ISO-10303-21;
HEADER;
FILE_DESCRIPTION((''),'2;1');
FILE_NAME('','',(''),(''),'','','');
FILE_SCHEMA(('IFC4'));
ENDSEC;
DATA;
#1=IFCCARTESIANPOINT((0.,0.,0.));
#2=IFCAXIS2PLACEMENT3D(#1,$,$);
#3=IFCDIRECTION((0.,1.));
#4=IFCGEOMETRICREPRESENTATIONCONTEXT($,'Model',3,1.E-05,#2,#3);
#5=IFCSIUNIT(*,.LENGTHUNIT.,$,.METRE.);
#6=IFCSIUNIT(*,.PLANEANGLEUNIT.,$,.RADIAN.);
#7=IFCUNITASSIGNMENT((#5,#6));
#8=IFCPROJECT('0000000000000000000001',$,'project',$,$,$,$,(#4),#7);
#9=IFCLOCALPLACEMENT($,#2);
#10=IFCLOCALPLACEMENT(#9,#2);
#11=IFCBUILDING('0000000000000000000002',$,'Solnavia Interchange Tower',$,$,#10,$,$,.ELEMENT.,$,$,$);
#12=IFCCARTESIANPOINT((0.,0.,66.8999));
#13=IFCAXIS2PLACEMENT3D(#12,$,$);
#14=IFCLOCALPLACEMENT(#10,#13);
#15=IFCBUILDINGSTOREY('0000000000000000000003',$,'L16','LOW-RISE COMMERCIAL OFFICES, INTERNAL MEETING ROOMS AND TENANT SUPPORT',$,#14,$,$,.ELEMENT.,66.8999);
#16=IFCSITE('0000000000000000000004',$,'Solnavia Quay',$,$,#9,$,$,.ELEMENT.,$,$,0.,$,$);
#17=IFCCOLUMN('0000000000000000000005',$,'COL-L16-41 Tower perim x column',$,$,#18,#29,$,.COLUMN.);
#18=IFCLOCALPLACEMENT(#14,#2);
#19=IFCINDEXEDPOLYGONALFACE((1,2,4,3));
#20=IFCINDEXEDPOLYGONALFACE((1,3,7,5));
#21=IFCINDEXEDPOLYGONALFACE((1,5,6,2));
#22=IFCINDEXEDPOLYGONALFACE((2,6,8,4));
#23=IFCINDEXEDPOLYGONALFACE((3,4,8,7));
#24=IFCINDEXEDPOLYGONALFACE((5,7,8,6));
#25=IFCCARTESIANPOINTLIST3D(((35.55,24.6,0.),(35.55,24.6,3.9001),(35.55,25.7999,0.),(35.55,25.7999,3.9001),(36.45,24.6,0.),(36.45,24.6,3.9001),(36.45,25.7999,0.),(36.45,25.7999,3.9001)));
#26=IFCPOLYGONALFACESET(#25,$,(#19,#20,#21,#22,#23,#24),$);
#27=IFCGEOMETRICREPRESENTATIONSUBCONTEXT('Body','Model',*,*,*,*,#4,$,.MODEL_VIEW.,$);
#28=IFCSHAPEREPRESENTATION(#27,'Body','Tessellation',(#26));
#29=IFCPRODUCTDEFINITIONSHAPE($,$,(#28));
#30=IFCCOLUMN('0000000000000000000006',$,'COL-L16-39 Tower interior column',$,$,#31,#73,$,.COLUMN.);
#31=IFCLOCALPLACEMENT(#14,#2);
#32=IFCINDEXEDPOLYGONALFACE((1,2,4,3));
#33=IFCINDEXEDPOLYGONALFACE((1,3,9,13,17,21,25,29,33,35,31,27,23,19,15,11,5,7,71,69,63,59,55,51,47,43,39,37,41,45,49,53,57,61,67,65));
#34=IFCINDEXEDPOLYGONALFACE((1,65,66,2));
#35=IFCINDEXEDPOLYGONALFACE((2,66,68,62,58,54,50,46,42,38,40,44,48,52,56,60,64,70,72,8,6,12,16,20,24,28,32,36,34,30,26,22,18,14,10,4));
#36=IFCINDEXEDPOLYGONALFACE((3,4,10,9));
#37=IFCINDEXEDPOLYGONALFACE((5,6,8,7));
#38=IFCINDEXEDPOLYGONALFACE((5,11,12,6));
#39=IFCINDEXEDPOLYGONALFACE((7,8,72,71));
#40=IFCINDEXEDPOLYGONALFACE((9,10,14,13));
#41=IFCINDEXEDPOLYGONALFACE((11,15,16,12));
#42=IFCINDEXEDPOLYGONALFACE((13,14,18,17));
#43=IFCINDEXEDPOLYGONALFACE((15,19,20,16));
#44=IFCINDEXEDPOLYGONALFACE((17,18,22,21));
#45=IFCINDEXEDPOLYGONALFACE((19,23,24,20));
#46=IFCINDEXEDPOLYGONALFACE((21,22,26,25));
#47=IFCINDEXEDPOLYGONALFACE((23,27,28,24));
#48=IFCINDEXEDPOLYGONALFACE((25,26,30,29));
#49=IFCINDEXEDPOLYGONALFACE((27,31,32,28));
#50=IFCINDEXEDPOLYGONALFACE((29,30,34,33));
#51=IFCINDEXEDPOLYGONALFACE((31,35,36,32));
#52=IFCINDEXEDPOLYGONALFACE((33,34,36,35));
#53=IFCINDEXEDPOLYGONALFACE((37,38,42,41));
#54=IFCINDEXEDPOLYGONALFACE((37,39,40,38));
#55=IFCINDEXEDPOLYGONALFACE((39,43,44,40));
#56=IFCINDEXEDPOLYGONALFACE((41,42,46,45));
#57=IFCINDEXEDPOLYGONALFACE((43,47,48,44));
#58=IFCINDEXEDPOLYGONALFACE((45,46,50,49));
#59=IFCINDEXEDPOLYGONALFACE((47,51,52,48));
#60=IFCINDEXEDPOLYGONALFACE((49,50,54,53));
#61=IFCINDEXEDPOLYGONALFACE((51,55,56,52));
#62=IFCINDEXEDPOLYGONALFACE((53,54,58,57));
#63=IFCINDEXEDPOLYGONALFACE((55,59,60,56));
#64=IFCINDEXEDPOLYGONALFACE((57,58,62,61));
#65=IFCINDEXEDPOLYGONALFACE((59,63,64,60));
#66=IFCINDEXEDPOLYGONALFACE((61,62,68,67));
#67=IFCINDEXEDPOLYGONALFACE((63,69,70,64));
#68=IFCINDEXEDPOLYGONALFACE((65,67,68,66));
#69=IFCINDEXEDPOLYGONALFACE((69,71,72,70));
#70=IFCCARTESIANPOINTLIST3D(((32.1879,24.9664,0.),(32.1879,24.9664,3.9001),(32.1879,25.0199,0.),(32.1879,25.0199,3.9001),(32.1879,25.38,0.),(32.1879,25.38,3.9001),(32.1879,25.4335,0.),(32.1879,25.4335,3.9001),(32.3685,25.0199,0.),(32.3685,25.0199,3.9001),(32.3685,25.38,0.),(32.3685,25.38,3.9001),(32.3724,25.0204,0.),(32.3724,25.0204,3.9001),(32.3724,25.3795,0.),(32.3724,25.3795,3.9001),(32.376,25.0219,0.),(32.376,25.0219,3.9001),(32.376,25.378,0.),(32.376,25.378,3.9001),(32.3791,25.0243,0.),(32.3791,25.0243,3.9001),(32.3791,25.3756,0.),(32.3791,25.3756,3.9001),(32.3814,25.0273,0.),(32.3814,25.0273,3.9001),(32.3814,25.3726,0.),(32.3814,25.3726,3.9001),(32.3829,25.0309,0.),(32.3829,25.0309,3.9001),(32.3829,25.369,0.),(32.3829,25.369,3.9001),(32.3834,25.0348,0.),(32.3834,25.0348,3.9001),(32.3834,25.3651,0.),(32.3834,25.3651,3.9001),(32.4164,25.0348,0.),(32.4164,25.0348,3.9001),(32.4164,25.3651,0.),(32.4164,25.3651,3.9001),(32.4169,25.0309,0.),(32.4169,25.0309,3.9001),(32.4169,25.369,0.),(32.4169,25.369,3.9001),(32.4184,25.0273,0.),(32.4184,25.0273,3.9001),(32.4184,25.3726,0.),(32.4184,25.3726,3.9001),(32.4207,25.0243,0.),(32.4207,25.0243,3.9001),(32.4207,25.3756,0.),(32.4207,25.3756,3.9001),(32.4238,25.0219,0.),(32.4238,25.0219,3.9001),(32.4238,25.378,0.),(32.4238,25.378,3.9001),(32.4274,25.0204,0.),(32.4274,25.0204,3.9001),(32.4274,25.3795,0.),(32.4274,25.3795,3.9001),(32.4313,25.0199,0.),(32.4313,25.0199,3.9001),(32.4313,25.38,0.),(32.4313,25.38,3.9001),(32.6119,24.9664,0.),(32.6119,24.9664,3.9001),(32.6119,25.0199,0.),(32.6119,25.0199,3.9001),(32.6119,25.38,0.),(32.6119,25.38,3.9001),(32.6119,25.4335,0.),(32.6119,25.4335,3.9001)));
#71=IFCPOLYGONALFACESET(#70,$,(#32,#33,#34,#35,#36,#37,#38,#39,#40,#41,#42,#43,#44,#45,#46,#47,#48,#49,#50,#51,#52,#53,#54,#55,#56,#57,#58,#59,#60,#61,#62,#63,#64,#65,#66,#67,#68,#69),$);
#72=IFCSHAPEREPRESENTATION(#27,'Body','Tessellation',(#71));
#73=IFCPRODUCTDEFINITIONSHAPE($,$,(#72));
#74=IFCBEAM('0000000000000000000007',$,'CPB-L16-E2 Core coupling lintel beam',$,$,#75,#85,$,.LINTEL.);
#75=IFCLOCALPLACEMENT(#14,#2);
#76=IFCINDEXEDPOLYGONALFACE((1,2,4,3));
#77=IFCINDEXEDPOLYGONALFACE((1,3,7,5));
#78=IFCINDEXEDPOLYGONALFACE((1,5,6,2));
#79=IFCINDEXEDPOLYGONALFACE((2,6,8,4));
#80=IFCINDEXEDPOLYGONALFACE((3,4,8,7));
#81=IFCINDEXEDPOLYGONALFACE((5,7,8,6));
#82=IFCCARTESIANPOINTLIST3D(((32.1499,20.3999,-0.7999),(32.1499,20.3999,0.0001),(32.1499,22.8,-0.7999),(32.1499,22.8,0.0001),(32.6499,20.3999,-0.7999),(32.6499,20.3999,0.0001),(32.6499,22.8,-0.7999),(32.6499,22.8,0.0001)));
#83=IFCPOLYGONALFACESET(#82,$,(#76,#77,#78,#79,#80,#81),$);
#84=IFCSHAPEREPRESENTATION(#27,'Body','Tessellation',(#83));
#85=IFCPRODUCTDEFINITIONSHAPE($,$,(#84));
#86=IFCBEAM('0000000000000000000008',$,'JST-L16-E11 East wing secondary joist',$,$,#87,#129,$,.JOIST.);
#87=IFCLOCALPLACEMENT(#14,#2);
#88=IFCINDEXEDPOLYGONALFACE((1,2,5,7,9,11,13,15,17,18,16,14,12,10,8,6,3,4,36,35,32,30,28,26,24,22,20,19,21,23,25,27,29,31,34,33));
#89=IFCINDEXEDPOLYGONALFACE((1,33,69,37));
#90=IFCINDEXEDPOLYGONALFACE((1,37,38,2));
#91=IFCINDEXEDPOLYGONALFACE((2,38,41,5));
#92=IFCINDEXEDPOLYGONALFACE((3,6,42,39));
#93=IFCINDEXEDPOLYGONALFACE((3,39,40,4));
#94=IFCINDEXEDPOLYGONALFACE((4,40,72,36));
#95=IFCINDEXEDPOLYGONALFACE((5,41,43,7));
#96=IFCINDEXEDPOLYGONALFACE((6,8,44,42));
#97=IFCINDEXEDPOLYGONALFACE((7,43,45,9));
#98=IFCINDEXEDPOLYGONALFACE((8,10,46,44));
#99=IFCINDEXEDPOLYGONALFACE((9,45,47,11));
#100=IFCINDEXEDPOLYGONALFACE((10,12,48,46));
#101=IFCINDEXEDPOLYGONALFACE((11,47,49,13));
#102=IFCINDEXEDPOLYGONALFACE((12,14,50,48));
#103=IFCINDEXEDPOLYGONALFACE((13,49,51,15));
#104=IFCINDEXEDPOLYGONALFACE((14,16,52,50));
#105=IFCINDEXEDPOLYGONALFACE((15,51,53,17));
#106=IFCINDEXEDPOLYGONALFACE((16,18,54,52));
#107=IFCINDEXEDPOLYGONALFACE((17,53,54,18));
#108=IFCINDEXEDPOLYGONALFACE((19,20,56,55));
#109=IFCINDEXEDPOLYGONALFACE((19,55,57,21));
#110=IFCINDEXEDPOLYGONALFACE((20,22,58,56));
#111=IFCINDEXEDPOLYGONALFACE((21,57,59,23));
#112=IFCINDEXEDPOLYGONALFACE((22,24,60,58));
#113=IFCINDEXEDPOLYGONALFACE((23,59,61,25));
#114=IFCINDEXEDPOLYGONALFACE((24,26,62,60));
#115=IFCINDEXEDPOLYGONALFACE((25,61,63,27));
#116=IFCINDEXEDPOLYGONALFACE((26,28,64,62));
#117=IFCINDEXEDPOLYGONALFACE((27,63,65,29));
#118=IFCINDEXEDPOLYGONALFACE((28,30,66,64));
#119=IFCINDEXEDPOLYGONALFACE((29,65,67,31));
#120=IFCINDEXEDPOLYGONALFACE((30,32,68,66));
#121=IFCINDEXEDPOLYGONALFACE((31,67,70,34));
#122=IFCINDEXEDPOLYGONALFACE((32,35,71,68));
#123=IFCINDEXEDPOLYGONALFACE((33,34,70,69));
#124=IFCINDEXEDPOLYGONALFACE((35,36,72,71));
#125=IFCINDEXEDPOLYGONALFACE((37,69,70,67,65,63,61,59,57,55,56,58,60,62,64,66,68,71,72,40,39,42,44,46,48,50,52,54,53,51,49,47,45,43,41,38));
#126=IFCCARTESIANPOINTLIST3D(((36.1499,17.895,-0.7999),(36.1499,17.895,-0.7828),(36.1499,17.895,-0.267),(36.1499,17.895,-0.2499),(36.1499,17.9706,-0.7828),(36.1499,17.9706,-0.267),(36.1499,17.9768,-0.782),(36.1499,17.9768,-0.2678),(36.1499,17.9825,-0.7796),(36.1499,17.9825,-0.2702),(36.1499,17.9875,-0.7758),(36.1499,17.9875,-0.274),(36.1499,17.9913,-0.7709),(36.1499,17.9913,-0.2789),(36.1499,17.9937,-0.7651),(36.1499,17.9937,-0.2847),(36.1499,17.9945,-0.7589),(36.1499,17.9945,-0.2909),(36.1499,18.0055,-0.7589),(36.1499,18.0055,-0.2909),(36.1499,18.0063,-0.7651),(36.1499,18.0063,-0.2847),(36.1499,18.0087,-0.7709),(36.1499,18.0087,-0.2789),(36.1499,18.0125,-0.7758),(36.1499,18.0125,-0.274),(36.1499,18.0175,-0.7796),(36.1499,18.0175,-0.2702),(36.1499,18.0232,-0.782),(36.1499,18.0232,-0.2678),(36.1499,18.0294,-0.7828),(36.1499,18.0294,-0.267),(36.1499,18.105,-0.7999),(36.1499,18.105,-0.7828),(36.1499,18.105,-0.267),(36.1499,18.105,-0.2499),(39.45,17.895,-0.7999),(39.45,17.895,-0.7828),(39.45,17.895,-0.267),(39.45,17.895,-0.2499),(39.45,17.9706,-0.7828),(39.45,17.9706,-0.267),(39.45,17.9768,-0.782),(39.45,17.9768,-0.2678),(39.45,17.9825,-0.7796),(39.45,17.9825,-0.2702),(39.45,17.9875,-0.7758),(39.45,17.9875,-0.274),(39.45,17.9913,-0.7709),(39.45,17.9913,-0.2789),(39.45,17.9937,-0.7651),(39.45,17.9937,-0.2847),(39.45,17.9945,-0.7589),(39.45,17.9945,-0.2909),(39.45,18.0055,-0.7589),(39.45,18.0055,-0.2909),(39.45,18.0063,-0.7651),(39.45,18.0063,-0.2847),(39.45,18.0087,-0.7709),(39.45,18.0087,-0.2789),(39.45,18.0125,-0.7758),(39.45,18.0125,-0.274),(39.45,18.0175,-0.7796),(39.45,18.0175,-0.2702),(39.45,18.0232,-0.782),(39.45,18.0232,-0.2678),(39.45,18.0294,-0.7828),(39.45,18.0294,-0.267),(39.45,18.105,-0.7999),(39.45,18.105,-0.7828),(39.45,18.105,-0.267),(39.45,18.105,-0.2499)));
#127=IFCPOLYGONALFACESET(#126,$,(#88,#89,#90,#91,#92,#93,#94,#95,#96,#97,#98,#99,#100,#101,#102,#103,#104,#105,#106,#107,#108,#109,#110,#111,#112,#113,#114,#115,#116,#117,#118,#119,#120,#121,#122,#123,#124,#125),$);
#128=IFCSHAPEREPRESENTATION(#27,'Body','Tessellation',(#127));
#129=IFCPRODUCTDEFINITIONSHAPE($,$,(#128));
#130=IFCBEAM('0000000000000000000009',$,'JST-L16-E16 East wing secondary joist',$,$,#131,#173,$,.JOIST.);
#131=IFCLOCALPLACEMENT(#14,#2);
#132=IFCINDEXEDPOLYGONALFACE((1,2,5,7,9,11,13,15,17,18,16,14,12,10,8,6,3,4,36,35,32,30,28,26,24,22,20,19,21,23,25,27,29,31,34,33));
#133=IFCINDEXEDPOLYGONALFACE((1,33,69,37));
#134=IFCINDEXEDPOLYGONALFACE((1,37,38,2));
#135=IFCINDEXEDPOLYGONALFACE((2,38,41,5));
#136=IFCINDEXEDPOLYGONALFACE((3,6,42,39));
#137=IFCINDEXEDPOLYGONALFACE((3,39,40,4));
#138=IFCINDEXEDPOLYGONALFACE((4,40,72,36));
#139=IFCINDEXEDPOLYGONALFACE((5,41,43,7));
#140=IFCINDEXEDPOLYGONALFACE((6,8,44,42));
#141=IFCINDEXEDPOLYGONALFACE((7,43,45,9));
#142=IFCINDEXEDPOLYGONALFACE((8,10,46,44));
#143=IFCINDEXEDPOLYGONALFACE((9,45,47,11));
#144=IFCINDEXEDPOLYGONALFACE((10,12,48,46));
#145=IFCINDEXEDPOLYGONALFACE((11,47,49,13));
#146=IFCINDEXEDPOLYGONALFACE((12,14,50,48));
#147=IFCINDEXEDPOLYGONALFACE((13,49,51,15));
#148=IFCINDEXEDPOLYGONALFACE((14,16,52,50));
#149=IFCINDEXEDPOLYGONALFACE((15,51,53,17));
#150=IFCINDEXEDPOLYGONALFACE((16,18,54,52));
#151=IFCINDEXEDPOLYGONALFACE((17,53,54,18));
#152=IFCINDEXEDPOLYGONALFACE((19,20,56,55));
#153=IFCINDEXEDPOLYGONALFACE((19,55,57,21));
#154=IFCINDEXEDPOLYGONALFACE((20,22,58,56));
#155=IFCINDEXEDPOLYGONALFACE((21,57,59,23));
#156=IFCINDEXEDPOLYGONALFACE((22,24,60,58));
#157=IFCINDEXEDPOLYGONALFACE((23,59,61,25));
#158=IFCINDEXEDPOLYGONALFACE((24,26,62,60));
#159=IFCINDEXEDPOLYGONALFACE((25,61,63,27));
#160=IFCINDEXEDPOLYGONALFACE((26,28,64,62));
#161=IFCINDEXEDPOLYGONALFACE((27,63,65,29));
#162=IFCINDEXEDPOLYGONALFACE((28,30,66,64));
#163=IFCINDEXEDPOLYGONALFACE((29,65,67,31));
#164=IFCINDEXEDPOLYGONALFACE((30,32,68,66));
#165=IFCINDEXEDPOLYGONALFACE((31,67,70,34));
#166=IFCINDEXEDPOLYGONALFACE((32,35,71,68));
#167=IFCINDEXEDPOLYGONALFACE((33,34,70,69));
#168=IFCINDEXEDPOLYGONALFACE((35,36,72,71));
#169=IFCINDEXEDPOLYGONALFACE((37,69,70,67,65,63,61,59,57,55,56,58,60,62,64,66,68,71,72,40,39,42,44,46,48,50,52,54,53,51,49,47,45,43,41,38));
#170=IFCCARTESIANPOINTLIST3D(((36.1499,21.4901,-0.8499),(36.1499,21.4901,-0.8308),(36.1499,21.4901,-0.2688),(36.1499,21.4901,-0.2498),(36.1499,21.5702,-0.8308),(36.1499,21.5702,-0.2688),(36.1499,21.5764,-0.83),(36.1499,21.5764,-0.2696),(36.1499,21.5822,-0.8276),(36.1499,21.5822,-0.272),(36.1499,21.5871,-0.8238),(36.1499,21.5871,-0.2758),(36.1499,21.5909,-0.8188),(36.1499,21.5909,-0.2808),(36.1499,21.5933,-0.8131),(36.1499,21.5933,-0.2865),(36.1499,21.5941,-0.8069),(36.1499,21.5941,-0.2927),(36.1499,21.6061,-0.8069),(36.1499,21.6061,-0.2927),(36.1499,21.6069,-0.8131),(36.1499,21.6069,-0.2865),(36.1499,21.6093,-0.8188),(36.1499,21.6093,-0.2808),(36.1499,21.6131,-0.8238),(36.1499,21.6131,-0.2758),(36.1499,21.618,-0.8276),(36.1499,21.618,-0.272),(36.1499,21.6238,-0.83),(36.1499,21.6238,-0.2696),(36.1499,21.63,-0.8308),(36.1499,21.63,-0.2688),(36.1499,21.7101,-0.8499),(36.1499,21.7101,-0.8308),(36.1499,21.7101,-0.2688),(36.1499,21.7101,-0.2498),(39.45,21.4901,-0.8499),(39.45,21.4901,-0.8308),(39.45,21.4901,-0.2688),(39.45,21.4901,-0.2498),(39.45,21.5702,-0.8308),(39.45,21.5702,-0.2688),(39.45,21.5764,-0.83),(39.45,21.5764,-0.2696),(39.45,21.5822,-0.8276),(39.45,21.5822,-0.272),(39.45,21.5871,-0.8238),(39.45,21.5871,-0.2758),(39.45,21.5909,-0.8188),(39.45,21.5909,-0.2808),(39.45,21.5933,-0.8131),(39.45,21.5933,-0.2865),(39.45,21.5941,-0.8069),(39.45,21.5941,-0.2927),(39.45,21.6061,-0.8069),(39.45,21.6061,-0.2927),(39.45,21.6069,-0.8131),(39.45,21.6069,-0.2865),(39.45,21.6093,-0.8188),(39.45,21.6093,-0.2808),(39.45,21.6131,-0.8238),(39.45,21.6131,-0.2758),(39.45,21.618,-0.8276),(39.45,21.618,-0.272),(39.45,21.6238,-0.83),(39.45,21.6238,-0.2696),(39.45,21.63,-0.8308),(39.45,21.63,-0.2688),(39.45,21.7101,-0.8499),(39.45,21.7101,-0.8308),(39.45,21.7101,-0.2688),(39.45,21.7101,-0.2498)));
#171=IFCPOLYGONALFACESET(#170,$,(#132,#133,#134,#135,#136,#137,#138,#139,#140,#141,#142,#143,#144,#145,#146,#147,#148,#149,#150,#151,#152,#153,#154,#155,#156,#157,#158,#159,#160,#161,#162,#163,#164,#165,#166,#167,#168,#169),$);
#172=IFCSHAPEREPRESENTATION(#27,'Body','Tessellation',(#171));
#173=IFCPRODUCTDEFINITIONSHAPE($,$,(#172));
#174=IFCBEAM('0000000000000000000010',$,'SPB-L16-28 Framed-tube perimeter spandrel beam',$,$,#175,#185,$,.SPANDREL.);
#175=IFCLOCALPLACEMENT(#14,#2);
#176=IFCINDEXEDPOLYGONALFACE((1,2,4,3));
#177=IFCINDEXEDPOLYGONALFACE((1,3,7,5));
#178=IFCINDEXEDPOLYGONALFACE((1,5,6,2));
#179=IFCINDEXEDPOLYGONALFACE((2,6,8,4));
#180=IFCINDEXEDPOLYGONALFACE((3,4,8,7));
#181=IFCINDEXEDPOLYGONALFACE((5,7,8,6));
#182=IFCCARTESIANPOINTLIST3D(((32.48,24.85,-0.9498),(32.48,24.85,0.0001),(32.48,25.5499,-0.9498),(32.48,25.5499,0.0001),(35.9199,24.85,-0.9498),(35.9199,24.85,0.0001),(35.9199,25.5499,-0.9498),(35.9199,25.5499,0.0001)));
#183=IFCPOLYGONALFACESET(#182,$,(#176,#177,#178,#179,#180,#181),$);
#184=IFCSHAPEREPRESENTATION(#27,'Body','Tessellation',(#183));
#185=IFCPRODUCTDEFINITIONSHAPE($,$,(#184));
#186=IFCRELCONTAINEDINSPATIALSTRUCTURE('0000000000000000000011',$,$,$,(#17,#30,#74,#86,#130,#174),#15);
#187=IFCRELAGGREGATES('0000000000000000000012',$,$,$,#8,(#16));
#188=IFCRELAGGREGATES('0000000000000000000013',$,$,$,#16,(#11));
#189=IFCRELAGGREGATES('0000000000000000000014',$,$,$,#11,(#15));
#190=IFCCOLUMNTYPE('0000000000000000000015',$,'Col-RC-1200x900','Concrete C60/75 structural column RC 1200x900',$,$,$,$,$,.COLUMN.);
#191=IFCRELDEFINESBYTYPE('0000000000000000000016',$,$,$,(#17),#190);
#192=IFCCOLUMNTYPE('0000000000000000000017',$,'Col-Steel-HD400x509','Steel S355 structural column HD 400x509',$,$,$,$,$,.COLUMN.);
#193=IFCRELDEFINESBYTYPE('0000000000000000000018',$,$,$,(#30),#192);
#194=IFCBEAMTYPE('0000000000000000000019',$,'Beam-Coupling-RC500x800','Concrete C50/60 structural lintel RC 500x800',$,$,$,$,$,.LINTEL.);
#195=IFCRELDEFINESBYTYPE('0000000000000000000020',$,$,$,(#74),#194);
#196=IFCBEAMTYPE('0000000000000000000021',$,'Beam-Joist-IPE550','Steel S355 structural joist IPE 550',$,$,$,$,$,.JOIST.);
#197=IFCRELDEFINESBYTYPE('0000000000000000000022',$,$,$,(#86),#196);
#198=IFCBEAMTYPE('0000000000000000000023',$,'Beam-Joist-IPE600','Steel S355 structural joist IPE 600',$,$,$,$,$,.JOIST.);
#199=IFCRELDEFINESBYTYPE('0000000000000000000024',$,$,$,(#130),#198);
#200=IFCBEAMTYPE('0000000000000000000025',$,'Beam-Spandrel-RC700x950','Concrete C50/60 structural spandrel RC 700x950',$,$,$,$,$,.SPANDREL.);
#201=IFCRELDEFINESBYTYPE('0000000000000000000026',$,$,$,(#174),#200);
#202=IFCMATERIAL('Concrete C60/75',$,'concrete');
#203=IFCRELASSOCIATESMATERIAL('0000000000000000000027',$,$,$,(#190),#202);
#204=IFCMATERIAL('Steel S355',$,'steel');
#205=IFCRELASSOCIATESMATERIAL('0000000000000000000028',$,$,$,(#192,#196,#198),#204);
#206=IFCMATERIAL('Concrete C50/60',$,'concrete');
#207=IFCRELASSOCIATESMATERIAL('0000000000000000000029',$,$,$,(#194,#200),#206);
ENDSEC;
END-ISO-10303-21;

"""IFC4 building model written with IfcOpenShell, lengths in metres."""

from ifc_helpers import new_model, si_unit, direction, frame, origin, origin_2d, place, context, subcontext, project, spatial, rectangle, i_section, extrude, material, material_profile, profile_set, type_object, element, save


model = new_model("IFC4")

# Units and contexts
model_context = context("Model", 3, precision=1e-05, world=origin(), true_north=direction((0.0, 1.0)))
body_context = subcontext(model_context, "Body", "Model", "MODEL_VIEW")
ifc_project = project(units=[si_unit("LENGTHUNIT", "METRE"), si_unit("PLANEANGLEUNIT", "RADIAN")], contexts=[model_context])

# Site, building, storey
site_placement = place(None, origin())
site = spatial("IfcSite", under=ifc_project, at=site_placement, Name="Solnavia Quay", CompositionType="ELEMENT", RefElevation=0.0)
building_placement = place(site_placement, origin())
building = spatial("IfcBuilding", under=site, at=building_placement, Name="Solnavia Interchange Tower", CompositionType="ELEMENT")
storey_placement = place(building_placement, frame((0.0, 0.0, 66.8999)))
storey = spatial("IfcBuildingStorey", under=building, at=storey_placement, Name="L16", Description="LOW-RISE COMMERCIAL OFFICES, INTERNAL MEETING ROOMS AND TENANT SUPPORT", CompositionType="ELEMENT", Elevation=66.8999)

# Columns
ifc_material_1 = material(Name="Concrete C60/75", Category="concrete")
ifc_material_profile_1 = material_profile(ifc_material_1, rectangle(XDim=0.8999, YDim=1.2, at=origin_2d()), Name="RC 1200x900")
ifc_profile_set_1 = profile_set([ifc_material_profile_1], Name="Concrete C60/75")
column_type_1 = type_object("IfcColumnType", Name="Col-RC-1200x900", Description="Concrete C60/75 structural column RC 1200x900", PredefinedType="COLUMN", material=ifc_profile_set_1)
column_1_placement = place(storey_placement, frame((36.0, 25.2, 0.0), z_axis=(0.0, 0.0, 1.0), x_axis=(1.0, 0.0, 0.0)))
element("IfcColumn", 1, at=column_1_placement, inside=storey, type_object=column_type_1, Name="COL-L16-41 Tower perim x column", PredefinedType="COLUMN", context=body_context, shape_type="SweptSolid", body=[
    extrude(rectangle(XDim=0.8999, YDim=1.2, at=origin_2d()), origin(), (0.0, 0.0, 1.0), 3.9001),
])
ifc_material_2 = material(Name="Steel S355", Category="steel")
ifc_material_profile_2 = material_profile(ifc_material_2, i_section(OverallWidth=0.4241, OverallDepth=0.467, WebThickness=0.033, FlangeThickness=0.0535, FilletRadius=0.0149, at=origin_2d()), Name="HD 400x509")
ifc_profile_set_2 = profile_set([ifc_material_profile_2], Name="Steel S355")
column_type_2 = type_object("IfcColumnType", Name="Col-Steel-HD400x509", Description="Steel S355 structural column HD 400x509", PredefinedType="COLUMN", material=ifc_profile_set_2)
column_2_placement = place(storey_placement, frame((32.3999, 25.2, 0.0), z_axis=(0.0, 0.0, 1.0), x_axis=(1.0, 0.0, 0.0)))
element("IfcColumn", 2, at=column_2_placement, inside=storey, type_object=column_type_2, Name="COL-L16-39 Tower interior column", PredefinedType="COLUMN", context=body_context, shape_type="SweptSolid", body=[
    extrude(i_section(OverallWidth=0.4241, OverallDepth=0.467, WebThickness=0.033, FlangeThickness=0.0535, FilletRadius=0.0149, at=origin_2d()), origin(), (0.0, 0.0, 1.0), 3.9001),
])

# Beams
ifc_material_3 = material(Name="Concrete C50/60", Category="concrete")
ifc_material_profile_3 = material_profile(ifc_material_3, rectangle(XDim=0.5, YDim=0.8, at=origin_2d()), Name="RC 500x800")
ifc_profile_set_3 = profile_set([ifc_material_profile_3], Name="Concrete C50/60")
beam_type_1 = type_object("IfcBeamType", Name="Beam-Coupling-RC500x800", Description="Concrete C50/60 structural lintel RC 500x800", PredefinedType="LINTEL", material=ifc_profile_set_3)
beam_1_placement = place(storey_placement, frame((32.3999, 20.3999, -0.3999), z_axis=(0.0, 1.0, 0.0), x_axis=(-1.0, 0.0, 0.0)))
element("IfcBeam", 3, at=beam_1_placement, inside=storey, type_object=beam_type_1, Name="CPB-L16-E2 Core coupling lintel beam", PredefinedType="LINTEL", context=body_context, shape_type="SweptSolid", body=[
    extrude(rectangle(XDim=0.5, YDim=0.8, at=origin_2d()), origin(), (0.0, 0.0, 1.0), 2.4001),
])
ifc_material_profile_4 = material_profile(ifc_material_2, i_section(OverallWidth=0.21, OverallDepth=0.55, WebThickness=0.011, FlangeThickness=0.0171, FilletRadius=0.0239, at=origin_2d()), Name="IPE 550")
ifc_profile_set_4 = profile_set([ifc_material_profile_4], Name="Steel S355")
beam_type_2 = type_object("IfcBeamType", Name="Beam-Joist-IPE550", Description="Steel S355 structural joist IPE 550", PredefinedType="JOIST", material=ifc_profile_set_4)
beam_2_placement = place(storey_placement, frame((36.1499, 18.0, -0.5249), z_axis=(1.0, 0.0, 0.0), x_axis=(0.0, 1.0, 0.0)))
element("IfcBeam", 4, at=beam_2_placement, inside=storey, type_object=beam_type_2, Name="JST-L16-E11 East wing secondary joist", PredefinedType="JOIST", context=body_context, shape_type="SweptSolid", body=[
    extrude(i_section(OverallWidth=0.21, OverallDepth=0.55, WebThickness=0.011, FlangeThickness=0.0171, FilletRadius=0.0239, at=origin_2d()), origin(), (0.0, 0.0, 1.0), 3.3),
])
ifc_material_profile_5 = material_profile(ifc_material_2, i_section(OverallWidth=0.22, OverallDepth=0.6001, WebThickness=0.012, FlangeThickness=0.019, FilletRadius=0.0239, at=origin_2d()), Name="IPE 600")
ifc_profile_set_5 = profile_set([ifc_material_profile_5], Name="Steel S355")
beam_type_3 = type_object("IfcBeamType", Name="Beam-Joist-IPE600", Description="Steel S355 structural joist IPE 600", PredefinedType="JOIST", material=ifc_profile_set_5)
beam_3_placement = place(storey_placement, frame((36.1499, 21.6001, -0.5498), z_axis=(1.0, 0.0, 0.0), x_axis=(0.0, 1.0, 0.0)))
element("IfcBeam", 5, at=beam_3_placement, inside=storey, type_object=beam_type_3, Name="JST-L16-E16 East wing secondary joist", PredefinedType="JOIST", context=body_context, shape_type="SweptSolid", body=[
    extrude(i_section(OverallWidth=0.22, OverallDepth=0.6001, WebThickness=0.012, FlangeThickness=0.019, FilletRadius=0.0239, at=origin_2d()), origin(), (0.0, 0.0, 1.0), 3.3),
])
ifc_material_profile_6 = material_profile(ifc_material_3, rectangle(XDim=0.7, YDim=0.95, at=origin_2d()), Name="RC 700x950")
ifc_profile_set_6 = profile_set([ifc_material_profile_6], Name="Concrete C50/60")
beam_type_4 = type_object("IfcBeamType", Name="Beam-Spandrel-RC700x950", Description="Concrete C50/60 structural spandrel RC 700x950", PredefinedType="SPANDREL", material=ifc_profile_set_6)
beam_4_placement = place(storey_placement, frame((35.9199, 25.2, -0.4749), z_axis=(-1.0, 0.0, 0.0), x_axis=(0.0, -1.0, 0.0)))
element("IfcBeam", 6, at=beam_4_placement, inside=storey, type_object=beam_type_4, Name="SPB-L16-28 Framed-tube perimeter spandrel beam", PredefinedType="SPANDREL", context=body_context, shape_type="SweptSolid", body=[
    extrude(rectangle(XDim=0.7, YDim=0.95, at=origin_2d()), origin(), (0.0, 0.0, 1.0), 3.4399),
])

save(model, "model.ifc")
